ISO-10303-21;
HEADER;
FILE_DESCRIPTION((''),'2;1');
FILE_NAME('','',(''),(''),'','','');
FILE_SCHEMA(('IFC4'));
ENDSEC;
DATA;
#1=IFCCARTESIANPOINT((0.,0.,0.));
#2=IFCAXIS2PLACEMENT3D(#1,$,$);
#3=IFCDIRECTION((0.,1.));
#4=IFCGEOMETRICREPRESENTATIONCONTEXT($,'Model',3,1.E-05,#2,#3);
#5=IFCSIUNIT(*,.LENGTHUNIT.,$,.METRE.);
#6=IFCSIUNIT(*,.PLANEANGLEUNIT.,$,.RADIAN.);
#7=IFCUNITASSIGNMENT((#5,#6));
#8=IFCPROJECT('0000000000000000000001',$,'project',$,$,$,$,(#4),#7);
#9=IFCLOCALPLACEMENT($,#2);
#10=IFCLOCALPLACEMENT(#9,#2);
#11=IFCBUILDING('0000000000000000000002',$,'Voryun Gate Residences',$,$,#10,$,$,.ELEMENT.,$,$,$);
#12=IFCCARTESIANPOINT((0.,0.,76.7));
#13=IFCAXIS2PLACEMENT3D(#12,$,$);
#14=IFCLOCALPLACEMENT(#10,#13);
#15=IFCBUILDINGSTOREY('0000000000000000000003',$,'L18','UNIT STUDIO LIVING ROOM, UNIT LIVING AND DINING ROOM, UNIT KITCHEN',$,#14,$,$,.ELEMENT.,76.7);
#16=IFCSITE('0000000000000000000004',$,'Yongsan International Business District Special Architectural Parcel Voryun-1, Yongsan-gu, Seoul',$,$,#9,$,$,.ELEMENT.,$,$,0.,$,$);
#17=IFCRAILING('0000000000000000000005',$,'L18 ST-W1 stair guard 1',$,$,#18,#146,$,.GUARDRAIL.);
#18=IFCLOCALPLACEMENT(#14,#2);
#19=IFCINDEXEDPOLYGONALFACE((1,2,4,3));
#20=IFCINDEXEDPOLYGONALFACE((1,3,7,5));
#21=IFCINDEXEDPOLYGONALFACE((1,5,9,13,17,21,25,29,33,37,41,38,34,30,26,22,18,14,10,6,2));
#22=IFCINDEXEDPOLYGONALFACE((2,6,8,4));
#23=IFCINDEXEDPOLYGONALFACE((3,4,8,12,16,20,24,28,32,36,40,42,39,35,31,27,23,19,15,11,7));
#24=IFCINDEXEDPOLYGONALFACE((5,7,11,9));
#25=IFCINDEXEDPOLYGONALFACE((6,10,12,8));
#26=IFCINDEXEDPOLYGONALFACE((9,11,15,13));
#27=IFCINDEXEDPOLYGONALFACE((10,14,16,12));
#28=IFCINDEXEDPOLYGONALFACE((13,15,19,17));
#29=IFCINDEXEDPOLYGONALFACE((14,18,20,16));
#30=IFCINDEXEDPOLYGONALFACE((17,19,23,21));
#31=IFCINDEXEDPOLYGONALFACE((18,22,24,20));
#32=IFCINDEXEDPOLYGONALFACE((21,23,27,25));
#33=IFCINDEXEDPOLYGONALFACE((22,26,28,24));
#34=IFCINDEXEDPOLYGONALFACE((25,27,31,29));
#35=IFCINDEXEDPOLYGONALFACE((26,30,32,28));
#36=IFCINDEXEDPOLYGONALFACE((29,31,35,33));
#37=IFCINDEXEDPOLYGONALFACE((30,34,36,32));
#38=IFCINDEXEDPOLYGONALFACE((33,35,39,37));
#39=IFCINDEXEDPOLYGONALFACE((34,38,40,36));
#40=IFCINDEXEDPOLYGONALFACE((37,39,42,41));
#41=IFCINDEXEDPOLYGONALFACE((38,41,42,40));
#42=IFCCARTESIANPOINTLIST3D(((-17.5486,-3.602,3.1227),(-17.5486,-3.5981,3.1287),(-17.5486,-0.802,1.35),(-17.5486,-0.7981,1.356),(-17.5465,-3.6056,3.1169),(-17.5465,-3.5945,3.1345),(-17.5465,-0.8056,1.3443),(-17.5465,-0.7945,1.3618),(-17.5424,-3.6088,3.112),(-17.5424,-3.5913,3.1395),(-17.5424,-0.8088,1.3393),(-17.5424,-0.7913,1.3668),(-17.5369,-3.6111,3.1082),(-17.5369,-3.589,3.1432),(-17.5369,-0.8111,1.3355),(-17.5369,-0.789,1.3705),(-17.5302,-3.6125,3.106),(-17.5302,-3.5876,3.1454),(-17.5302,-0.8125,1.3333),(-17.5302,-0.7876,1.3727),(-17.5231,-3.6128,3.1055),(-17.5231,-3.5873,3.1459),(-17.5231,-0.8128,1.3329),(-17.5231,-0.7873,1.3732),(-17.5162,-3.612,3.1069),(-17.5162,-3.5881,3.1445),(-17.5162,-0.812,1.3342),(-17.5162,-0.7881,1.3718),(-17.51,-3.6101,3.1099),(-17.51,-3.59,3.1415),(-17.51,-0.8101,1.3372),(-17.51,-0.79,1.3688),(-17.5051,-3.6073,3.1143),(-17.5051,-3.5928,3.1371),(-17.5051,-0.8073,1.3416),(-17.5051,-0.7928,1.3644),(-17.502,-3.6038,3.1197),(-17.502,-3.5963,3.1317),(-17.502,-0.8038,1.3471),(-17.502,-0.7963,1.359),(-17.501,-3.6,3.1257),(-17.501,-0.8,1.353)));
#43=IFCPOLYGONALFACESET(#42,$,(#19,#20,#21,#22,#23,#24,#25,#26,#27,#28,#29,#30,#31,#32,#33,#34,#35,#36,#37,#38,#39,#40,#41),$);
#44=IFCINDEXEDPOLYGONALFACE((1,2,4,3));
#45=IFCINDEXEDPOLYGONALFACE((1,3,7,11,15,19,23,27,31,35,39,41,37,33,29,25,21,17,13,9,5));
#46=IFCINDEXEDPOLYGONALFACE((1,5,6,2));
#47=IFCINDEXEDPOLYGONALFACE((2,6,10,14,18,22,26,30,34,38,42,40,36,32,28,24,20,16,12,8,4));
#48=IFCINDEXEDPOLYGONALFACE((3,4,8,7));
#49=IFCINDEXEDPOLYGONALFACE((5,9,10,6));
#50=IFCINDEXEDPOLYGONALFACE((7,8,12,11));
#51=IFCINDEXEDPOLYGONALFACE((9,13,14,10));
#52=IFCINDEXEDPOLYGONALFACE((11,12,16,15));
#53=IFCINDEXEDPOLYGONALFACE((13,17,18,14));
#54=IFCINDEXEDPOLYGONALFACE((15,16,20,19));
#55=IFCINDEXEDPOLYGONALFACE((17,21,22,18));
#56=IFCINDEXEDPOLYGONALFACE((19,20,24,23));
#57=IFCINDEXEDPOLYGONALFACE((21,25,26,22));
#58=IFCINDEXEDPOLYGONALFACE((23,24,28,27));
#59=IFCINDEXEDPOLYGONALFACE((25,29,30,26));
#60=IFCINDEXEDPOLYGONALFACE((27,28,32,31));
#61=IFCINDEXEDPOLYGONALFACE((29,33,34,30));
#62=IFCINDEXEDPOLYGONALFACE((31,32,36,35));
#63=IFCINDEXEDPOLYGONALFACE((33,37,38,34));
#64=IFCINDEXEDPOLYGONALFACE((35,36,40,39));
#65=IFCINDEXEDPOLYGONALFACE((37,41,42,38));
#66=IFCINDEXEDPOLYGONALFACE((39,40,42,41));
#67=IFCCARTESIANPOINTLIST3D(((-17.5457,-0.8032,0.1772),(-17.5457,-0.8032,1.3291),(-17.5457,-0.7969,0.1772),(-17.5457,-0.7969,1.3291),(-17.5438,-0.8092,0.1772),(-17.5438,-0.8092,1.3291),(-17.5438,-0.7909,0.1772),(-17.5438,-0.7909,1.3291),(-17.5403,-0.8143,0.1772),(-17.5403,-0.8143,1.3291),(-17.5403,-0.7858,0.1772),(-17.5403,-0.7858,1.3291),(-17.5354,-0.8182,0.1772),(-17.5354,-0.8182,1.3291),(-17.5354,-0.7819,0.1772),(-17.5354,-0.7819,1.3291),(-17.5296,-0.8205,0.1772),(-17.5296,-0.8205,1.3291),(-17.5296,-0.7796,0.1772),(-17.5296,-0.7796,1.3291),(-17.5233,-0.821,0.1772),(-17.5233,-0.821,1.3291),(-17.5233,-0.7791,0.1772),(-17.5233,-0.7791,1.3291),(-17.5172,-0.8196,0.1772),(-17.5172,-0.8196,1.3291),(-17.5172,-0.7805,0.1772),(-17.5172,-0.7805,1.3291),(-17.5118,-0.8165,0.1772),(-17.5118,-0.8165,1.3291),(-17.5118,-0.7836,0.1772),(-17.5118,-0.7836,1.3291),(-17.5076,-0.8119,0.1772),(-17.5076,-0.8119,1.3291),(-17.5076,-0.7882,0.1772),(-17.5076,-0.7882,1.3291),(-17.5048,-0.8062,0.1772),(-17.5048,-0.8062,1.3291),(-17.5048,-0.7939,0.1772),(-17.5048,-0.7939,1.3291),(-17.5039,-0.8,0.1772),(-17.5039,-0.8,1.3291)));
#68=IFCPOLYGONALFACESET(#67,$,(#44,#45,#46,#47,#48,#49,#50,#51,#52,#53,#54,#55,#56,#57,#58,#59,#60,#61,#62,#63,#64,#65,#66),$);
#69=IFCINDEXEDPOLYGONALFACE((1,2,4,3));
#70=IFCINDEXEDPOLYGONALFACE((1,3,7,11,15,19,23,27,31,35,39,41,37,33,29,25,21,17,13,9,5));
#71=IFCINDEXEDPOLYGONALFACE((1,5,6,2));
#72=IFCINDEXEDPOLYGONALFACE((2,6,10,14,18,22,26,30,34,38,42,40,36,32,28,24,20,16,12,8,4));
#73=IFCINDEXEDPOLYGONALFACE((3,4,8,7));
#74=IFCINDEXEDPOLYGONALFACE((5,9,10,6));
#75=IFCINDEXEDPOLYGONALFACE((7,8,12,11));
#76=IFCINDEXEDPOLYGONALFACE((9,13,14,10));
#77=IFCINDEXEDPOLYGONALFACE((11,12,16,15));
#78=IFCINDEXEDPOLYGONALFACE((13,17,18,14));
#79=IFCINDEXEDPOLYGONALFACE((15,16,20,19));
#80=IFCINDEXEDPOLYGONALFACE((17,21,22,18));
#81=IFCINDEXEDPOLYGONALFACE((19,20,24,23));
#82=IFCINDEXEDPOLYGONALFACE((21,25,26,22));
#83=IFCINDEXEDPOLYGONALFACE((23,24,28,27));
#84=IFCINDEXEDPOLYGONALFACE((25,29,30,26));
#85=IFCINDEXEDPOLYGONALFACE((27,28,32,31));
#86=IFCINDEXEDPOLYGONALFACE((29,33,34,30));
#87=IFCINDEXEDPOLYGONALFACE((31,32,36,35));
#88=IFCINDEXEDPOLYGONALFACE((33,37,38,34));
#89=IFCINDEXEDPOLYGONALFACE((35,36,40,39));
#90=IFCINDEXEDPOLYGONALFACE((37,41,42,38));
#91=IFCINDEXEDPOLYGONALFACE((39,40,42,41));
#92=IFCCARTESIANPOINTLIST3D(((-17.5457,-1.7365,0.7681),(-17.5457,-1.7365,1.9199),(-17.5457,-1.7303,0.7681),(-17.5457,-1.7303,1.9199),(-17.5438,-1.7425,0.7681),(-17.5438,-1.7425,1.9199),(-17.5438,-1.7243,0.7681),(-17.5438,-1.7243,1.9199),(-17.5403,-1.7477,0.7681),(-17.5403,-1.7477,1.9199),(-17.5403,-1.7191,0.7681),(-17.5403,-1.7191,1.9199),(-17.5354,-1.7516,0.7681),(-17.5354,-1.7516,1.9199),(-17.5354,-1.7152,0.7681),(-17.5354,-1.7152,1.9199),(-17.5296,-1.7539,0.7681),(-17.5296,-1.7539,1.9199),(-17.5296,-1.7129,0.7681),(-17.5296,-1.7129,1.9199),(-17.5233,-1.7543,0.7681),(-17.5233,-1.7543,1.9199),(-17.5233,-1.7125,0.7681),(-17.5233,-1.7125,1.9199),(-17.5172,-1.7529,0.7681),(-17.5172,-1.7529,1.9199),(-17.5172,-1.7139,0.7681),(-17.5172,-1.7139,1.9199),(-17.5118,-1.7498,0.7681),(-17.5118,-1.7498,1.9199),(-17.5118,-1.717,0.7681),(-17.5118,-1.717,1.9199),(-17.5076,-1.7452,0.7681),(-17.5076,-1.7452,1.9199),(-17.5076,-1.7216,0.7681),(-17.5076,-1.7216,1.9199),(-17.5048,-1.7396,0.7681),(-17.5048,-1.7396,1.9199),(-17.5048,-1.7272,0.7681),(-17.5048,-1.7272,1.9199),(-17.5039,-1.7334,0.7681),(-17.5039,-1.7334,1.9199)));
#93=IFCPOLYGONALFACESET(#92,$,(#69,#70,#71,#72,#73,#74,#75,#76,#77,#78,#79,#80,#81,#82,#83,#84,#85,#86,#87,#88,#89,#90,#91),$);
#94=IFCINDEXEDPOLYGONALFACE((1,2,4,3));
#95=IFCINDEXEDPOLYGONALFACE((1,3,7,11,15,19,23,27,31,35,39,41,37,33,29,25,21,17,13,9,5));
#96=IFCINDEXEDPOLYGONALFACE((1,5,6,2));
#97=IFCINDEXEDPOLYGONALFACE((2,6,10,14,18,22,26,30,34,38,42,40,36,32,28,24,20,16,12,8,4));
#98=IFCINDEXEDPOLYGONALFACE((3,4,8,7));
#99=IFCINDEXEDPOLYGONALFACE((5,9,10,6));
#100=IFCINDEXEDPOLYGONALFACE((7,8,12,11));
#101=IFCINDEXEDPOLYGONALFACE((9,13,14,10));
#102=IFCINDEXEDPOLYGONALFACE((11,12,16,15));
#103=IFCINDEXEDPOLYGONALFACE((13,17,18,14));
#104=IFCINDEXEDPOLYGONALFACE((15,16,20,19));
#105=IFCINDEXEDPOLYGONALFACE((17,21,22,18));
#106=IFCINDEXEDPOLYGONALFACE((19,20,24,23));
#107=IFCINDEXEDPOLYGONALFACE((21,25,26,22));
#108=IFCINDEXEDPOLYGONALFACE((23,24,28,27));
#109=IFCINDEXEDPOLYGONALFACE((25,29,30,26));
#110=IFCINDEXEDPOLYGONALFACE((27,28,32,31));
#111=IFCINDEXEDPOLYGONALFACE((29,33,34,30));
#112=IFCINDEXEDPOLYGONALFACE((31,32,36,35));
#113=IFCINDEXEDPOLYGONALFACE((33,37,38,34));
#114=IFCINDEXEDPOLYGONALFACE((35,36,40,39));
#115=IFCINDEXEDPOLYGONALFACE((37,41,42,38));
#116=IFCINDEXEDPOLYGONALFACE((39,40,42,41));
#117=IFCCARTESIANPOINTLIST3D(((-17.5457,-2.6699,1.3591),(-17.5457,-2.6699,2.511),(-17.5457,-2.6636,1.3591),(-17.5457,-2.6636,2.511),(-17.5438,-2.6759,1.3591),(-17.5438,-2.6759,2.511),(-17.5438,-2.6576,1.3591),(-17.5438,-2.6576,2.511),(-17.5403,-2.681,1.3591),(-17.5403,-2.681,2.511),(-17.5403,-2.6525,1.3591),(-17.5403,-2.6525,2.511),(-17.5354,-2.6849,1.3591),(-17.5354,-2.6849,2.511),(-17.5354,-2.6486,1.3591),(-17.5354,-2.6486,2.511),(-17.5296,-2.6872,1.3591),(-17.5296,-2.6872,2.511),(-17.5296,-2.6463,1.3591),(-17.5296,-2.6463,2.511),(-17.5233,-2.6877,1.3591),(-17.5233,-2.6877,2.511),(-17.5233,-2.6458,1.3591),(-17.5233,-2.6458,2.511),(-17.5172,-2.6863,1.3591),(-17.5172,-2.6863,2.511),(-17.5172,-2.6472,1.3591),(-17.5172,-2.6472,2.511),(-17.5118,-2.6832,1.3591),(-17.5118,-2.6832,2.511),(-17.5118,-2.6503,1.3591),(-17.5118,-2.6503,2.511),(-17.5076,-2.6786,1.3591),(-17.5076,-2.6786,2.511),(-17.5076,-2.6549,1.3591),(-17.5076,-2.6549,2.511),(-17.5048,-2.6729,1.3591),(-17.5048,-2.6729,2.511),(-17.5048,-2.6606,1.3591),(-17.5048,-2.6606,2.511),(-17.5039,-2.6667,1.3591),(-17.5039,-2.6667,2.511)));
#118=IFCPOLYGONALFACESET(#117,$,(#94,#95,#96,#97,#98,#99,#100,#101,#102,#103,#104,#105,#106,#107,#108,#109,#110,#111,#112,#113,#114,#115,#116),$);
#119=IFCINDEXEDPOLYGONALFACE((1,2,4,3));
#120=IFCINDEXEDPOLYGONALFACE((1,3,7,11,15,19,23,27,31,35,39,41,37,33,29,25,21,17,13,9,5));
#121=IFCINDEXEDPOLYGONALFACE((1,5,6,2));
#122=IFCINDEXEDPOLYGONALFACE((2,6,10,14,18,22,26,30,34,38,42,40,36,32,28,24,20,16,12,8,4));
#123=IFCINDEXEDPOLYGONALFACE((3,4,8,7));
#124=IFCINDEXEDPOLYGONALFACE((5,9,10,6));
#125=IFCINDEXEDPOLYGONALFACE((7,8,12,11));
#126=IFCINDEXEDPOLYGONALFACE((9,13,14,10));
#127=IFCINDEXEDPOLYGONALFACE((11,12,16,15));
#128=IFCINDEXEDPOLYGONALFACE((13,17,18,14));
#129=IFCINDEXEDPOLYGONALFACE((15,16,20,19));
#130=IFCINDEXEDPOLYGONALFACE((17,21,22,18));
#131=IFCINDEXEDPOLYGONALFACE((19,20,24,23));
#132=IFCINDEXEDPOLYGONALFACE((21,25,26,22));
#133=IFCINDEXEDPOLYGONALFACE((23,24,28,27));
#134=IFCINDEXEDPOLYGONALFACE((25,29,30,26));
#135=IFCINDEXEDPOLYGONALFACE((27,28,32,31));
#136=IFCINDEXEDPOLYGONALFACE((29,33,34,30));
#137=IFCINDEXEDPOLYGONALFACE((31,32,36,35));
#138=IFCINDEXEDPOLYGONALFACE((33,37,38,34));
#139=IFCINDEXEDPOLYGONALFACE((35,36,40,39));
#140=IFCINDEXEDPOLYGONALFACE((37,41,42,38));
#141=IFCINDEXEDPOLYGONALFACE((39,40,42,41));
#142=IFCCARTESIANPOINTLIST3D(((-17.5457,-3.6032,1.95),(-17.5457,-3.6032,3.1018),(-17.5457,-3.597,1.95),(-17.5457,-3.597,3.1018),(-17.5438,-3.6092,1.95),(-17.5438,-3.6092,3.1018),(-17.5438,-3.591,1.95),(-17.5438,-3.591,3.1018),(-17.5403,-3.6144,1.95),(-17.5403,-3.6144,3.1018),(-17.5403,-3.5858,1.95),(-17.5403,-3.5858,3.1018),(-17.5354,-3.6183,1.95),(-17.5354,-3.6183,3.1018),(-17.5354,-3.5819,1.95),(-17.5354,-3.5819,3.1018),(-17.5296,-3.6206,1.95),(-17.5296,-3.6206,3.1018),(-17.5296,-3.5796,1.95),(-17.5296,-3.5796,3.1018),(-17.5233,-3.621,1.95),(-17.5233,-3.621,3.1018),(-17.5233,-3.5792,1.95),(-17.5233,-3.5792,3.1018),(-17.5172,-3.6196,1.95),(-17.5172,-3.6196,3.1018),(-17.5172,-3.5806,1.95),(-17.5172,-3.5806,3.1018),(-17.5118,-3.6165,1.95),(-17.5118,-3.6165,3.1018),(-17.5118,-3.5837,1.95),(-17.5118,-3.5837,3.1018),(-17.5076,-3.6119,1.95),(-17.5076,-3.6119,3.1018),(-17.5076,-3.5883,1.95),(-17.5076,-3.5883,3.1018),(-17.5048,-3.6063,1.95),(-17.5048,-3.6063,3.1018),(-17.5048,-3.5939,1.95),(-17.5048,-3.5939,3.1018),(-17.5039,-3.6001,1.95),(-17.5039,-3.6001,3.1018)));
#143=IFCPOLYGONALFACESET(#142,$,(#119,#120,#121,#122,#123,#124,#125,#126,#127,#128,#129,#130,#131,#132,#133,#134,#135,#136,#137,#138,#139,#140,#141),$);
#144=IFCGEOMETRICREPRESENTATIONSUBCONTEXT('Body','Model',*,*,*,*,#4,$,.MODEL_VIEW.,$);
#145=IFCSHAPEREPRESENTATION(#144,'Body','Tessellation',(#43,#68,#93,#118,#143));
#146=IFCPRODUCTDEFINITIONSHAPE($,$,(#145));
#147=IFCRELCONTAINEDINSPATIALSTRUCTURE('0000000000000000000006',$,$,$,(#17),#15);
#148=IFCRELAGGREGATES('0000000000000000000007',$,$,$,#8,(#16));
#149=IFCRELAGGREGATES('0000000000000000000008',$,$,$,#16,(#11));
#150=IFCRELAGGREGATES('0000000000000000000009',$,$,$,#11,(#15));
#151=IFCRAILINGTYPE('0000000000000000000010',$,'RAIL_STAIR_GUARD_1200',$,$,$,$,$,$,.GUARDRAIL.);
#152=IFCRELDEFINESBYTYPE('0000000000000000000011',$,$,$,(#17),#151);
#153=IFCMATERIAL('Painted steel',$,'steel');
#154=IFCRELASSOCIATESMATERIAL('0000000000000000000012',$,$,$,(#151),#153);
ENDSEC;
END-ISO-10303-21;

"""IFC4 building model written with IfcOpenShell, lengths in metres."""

from ifc_helpers import new_model, si_unit, direction, frame, origin, origin_2d, place, context, subcontext, project, spatial, circle, extrude, material, type_object, element, save


model = new_model("IFC4")

# Units and contexts
model_context = context("Model", 3, precision=1e-05, world=origin(), true_north=direction((0.0, 1.0)))
body_context = subcontext(model_context, "Body", "Model", "MODEL_VIEW")
ifc_project = project(units=[si_unit("LENGTHUNIT", "METRE"), si_unit("PLANEANGLEUNIT", "RADIAN")], contexts=[model_context])

# Site, building, storey
site_placement = place(None, origin())
site = spatial("IfcSite", under=ifc_project, at=site_placement, Name="Yongsan International Business District Special Architectural Parcel Voryun-1, Yongsan-gu, Seoul", CompositionType="ELEMENT", RefElevation=0.0)
building_placement = place(site_placement, origin())
building = spatial("IfcBuilding", under=site, at=building_placement, Name="Voryun Gate Residences", CompositionType="ELEMENT")
storey_placement = place(building_placement, frame((0.0, 0.0, 76.7)))
storey = spatial("IfcBuildingStorey", under=building, at=storey_placement, Name="L18", Description="UNIT STUDIO LIVING ROOM, UNIT LIVING AND DINING ROOM, UNIT KITCHEN", CompositionType="ELEMENT", Elevation=76.7)

# Railing
ifc_material_1 = material(Name="Painted steel", Category="steel")
railing_type_1 = type_object("IfcRailingType", Name="RAIL_STAIR_GUARD_1200", PredefinedType="GUARDRAIL", material=ifc_material_1)
railing_1_placement = place(storey_placement, frame((-17.5249, -0.8, 0.1772)))
element("IfcRailing", 1, at=railing_1_placement, inside=storey, type_object=railing_type_1, Name="L18 ST-W1 stair guard 1", PredefinedType="GUARDRAIL", context=body_context, shape_type="SweptSolid", body=[
    extrude(circle(Radius=0.0239, at=origin_2d()), frame((0.0, 0.0, 1.1758), z_axis=(0.0, -0.844909, 0.53491), x_axis=(1.0, 0.0, 0.0)), (0.0, 0.0, 1.0), 3.314),
    extrude(circle(Radius=0.021, at=origin_2d()), origin(), (0.0, 0.0, 1.0), 1.1519),
    extrude(circle(Radius=0.021, at=origin_2d()), frame((0.0, -0.9333, 0.5908)), (0.0, 0.0, 1.0), 1.1519),
    extrude(circle(Radius=0.021, at=origin_2d()), frame((0.0, -1.8667, 1.1819)), (0.0, 0.0, 1.0), 1.1519),
    extrude(circle(Radius=0.021, at=origin_2d()), frame((0.0, -2.8, 1.7727)), (0.0, 0.0, 1.0), 1.1519),
])

save(model, "model.ifc")
